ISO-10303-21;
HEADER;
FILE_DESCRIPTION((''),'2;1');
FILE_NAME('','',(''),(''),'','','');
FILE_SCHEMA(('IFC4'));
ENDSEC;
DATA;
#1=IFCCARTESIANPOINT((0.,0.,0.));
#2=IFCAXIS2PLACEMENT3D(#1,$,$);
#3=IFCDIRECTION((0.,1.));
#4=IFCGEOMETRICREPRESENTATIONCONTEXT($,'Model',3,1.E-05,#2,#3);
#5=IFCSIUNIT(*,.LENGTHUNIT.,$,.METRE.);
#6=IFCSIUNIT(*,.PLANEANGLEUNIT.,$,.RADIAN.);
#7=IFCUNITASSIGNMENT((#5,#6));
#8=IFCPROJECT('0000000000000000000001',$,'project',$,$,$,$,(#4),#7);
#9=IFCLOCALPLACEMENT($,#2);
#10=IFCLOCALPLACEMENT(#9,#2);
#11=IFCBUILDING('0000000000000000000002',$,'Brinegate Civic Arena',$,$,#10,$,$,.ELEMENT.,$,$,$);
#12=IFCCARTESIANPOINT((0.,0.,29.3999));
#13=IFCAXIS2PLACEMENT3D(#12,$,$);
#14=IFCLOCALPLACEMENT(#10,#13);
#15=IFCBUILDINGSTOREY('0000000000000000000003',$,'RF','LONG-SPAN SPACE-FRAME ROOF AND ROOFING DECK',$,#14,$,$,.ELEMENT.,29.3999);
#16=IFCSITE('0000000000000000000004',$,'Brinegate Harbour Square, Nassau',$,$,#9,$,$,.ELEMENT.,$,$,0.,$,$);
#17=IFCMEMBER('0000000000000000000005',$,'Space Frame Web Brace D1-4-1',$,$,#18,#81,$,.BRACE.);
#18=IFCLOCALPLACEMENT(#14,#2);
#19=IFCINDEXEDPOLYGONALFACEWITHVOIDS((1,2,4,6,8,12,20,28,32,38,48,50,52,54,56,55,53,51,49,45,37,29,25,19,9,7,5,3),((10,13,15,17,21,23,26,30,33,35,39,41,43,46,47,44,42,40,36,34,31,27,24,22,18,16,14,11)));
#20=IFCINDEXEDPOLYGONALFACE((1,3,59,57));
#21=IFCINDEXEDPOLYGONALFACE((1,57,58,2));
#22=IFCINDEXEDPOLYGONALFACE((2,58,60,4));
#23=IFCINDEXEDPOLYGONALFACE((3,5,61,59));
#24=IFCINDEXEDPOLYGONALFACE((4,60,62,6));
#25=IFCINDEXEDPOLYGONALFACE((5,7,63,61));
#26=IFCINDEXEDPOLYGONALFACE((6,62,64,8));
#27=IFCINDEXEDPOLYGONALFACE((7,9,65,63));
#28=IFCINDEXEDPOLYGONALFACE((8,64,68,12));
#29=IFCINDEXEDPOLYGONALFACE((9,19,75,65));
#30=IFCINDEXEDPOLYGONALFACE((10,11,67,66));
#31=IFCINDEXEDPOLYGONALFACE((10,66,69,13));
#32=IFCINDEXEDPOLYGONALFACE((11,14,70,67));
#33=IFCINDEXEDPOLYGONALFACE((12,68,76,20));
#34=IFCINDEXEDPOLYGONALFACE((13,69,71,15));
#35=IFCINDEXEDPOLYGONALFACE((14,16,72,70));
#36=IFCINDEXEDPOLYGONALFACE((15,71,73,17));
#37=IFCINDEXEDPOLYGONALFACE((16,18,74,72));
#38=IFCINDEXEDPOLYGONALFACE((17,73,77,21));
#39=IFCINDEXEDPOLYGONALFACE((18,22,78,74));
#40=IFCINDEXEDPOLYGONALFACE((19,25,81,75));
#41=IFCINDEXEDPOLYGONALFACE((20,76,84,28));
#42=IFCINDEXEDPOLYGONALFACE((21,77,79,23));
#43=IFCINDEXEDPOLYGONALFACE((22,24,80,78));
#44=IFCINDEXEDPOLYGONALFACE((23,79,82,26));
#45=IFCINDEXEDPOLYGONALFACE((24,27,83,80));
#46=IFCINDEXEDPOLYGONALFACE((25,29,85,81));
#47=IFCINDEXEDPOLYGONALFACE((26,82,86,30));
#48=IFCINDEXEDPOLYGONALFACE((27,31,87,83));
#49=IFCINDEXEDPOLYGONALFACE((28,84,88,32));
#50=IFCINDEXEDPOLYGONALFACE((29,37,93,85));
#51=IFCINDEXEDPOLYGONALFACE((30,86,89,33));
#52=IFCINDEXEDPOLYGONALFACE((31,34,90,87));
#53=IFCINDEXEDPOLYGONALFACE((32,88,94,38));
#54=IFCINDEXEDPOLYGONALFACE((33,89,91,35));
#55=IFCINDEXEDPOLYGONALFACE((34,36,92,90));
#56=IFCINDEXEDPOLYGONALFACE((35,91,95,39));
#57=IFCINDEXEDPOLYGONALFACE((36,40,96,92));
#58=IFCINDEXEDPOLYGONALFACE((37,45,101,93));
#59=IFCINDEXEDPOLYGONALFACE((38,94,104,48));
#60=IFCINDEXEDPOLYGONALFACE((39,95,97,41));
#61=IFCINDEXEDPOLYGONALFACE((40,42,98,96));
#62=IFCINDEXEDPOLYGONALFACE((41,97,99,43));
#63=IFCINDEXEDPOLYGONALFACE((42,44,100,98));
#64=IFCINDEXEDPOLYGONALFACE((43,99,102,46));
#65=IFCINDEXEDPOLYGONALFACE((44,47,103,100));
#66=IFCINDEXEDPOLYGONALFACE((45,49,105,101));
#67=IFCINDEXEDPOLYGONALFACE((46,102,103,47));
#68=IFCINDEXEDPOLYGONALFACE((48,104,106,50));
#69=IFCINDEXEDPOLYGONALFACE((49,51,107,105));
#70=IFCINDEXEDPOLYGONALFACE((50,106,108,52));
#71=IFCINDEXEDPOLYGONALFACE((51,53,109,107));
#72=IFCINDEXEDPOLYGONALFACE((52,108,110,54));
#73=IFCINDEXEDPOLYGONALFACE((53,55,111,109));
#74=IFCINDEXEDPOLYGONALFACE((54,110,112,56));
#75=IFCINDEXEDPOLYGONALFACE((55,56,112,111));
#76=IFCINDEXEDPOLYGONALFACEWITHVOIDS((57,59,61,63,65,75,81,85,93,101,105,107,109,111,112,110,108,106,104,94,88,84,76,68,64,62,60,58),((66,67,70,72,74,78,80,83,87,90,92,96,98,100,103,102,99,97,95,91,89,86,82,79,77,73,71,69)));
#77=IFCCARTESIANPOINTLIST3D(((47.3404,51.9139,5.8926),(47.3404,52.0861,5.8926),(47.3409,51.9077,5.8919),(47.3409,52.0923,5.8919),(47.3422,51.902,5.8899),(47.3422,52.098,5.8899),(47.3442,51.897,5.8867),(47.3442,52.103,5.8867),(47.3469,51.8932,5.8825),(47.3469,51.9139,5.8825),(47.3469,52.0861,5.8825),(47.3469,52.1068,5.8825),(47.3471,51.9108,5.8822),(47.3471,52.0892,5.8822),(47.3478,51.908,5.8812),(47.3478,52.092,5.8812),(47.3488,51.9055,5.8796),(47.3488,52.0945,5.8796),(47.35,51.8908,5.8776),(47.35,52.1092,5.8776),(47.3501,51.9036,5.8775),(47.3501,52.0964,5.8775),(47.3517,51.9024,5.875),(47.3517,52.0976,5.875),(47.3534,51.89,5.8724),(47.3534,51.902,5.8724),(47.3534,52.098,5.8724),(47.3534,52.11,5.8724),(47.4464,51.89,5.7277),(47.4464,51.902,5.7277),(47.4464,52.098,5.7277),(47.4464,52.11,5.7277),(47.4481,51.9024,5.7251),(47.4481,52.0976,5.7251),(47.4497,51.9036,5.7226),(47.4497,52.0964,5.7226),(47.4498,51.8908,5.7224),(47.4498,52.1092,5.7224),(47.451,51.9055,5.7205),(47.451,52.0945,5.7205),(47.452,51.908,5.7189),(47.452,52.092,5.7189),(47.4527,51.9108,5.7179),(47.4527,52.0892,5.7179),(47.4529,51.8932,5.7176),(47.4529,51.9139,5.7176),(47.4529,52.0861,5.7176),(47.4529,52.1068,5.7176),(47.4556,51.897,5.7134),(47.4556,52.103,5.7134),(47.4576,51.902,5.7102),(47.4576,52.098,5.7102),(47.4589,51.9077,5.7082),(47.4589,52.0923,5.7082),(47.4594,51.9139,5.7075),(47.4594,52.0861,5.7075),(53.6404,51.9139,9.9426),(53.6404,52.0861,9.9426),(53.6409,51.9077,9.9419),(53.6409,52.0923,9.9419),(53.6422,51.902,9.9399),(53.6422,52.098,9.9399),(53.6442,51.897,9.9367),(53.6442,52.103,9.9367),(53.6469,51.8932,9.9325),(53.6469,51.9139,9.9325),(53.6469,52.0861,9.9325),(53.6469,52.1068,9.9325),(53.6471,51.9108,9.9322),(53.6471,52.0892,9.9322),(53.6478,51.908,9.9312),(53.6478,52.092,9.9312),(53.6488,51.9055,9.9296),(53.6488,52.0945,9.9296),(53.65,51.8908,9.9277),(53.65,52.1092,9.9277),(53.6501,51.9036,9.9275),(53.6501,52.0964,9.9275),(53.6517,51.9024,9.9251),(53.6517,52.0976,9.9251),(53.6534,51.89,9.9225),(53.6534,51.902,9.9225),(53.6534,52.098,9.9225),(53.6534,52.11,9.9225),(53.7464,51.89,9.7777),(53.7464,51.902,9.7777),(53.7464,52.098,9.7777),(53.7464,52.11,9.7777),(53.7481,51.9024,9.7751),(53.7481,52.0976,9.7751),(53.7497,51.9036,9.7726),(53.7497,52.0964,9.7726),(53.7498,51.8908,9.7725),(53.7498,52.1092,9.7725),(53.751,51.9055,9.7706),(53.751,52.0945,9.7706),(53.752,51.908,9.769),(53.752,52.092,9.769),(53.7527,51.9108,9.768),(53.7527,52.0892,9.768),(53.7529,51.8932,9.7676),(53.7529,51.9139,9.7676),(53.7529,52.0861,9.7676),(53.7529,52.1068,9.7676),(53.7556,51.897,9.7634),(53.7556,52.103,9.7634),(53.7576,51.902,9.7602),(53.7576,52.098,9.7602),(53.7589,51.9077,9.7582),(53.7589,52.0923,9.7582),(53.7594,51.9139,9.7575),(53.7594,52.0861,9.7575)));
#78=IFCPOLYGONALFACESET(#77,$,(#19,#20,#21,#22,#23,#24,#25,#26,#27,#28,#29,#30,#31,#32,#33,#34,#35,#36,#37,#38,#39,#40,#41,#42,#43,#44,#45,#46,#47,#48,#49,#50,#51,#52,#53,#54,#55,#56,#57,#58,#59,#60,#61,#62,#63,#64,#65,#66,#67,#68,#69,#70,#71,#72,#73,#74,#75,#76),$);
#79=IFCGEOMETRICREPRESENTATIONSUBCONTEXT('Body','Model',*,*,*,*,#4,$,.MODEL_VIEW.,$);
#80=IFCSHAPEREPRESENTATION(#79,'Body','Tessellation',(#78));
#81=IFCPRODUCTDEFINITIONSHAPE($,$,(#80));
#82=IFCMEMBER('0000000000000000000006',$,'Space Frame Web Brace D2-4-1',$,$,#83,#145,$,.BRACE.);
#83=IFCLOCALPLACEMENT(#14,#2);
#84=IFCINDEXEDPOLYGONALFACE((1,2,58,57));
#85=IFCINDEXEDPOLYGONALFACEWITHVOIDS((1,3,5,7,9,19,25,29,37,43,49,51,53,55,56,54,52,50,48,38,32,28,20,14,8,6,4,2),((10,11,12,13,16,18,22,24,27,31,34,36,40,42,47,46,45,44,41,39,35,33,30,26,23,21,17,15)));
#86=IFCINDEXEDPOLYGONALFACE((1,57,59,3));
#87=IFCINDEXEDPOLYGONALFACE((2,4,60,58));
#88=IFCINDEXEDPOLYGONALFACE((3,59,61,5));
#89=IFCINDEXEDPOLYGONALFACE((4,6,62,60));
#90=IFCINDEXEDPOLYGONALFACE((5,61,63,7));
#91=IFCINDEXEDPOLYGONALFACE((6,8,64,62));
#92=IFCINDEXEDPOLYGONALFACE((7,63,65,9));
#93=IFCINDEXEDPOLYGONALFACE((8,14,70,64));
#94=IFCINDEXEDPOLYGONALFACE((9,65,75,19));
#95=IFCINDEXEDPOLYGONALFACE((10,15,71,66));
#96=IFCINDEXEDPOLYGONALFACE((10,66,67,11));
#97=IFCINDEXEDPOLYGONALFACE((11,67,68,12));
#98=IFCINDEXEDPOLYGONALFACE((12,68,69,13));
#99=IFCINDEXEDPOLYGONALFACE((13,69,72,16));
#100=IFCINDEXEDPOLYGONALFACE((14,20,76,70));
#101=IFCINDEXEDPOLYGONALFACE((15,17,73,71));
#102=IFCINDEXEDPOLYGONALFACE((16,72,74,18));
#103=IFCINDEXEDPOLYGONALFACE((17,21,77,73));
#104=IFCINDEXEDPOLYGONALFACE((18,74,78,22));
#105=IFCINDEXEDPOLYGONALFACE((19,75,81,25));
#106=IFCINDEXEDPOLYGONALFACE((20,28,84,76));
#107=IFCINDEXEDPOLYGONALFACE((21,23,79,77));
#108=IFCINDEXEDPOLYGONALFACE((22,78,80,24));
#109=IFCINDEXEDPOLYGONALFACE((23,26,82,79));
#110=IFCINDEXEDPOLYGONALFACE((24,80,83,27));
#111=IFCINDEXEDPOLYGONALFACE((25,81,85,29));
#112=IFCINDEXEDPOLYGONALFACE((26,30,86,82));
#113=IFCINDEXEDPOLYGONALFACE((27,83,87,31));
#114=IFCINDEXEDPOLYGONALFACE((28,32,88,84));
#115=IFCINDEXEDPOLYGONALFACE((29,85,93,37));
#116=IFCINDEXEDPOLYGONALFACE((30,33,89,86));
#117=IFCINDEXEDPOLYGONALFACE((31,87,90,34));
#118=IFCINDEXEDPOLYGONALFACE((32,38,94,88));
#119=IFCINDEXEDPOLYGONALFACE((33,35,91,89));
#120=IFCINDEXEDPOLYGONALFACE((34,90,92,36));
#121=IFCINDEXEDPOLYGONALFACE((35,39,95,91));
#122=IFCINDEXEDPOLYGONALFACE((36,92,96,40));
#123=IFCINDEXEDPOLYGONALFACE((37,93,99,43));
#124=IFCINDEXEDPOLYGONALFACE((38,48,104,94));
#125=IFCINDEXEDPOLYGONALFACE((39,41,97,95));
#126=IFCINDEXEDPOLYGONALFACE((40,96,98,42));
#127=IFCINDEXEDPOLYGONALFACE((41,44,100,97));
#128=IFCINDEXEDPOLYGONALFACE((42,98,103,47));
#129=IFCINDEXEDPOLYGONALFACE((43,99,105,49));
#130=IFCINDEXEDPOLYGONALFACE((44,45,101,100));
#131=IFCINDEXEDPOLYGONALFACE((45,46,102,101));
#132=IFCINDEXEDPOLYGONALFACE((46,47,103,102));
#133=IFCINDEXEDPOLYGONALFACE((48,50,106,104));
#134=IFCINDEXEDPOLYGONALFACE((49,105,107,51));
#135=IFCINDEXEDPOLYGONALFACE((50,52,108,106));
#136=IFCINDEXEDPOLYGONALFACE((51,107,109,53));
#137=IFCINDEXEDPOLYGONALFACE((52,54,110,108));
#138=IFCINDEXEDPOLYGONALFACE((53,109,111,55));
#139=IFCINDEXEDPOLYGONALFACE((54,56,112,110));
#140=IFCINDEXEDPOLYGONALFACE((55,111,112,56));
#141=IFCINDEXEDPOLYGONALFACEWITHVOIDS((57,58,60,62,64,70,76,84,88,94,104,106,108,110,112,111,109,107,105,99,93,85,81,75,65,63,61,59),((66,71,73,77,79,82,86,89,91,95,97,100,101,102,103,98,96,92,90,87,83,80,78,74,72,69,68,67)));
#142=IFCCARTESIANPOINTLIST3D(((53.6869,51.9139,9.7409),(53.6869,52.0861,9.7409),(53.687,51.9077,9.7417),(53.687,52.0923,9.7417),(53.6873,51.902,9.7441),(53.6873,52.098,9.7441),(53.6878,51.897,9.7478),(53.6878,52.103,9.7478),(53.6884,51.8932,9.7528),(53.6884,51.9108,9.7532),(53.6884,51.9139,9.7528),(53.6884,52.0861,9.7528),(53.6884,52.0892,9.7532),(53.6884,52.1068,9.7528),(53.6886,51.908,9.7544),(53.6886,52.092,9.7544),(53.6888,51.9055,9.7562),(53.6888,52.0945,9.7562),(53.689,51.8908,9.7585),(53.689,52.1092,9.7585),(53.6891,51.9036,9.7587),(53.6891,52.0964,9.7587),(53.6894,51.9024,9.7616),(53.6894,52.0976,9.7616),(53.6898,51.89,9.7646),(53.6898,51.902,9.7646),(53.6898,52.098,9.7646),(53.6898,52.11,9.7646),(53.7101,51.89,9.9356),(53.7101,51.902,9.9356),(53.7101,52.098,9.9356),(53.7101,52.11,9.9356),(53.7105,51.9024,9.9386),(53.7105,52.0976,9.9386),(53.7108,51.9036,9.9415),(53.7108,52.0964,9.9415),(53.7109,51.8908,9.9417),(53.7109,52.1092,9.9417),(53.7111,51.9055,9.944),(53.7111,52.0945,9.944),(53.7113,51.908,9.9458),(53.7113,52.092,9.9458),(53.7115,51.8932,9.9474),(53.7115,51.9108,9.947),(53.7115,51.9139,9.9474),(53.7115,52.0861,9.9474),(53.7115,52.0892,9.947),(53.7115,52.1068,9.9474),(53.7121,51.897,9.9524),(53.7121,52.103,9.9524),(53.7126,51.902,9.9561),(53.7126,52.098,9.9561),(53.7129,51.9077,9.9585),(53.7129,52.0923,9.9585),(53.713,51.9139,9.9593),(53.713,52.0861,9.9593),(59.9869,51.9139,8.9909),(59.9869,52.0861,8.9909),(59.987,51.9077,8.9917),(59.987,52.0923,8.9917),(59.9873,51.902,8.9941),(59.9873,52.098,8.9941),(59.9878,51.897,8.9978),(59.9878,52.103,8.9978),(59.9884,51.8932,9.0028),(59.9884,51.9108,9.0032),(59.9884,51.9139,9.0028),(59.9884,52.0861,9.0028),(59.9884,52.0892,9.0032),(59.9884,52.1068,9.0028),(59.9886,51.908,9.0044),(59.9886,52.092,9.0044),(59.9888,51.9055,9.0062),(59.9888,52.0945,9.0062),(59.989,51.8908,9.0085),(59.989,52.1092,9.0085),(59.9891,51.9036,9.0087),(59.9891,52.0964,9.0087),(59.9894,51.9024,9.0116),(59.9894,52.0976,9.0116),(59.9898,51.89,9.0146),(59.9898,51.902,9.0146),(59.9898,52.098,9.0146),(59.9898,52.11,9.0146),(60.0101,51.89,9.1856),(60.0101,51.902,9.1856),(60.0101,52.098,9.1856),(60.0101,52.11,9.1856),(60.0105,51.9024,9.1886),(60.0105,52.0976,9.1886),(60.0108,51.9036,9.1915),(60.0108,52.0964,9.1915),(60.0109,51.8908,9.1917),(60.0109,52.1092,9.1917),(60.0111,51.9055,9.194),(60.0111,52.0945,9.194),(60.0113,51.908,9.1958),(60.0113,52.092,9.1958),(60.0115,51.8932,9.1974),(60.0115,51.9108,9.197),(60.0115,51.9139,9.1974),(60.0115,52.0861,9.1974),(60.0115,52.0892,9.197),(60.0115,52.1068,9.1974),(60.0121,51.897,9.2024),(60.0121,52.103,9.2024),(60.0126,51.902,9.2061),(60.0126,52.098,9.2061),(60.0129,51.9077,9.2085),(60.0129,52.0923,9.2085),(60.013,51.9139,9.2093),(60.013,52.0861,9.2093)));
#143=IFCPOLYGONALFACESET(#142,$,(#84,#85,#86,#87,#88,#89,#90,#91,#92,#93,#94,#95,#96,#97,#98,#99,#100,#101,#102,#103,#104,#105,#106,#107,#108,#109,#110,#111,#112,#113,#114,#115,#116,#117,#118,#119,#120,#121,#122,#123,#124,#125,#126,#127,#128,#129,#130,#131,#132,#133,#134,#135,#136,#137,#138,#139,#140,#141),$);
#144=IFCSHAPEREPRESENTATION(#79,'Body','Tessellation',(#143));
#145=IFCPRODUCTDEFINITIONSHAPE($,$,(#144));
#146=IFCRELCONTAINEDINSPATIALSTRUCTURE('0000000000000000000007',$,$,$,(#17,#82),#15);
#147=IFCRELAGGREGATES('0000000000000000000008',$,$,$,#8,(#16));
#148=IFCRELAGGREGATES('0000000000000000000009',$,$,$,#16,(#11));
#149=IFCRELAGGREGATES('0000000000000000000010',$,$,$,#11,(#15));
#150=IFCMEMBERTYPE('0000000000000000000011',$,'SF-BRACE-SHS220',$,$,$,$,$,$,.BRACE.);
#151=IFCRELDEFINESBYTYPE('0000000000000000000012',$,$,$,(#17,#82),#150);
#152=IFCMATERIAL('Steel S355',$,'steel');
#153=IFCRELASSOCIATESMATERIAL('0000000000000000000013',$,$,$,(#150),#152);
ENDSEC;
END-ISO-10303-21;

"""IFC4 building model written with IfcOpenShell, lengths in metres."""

from ifc_helpers import new_model, si_unit, direction, frame, origin, origin_2d, place, context, subcontext, project, spatial, hollow_rectangle, extrude, material, material_profile, profile_set, type_object, element, save


model = new_model("IFC4")

# Units and contexts
model_context = context("Model", 3, precision=1e-05, world=origin(), true_north=direction((0.0, 1.0)))
body_context = subcontext(model_context, "Body", "Model", "MODEL_VIEW")
ifc_project = project(units=[si_unit("LENGTHUNIT", "METRE"), si_unit("PLANEANGLEUNIT", "RADIAN")], contexts=[model_context])

# Site, building, storey
site_placement = place(None, origin())
site = spatial("IfcSite", under=ifc_project, at=site_placement, Name="Brinegate Harbour Square, Nassau", CompositionType="ELEMENT", RefElevation=0.0)
building_placement = place(site_placement, origin())
building = spatial("IfcBuilding", under=site, at=building_placement, Name="Brinegate Civic Arena", CompositionType="ELEMENT")
storey_placement = place(building_placement, frame((0.0, 0.0, 29.3999)))
storey = spatial("IfcBuildingStorey", under=building, at=storey_placement, Name="RF", Description="LONG-SPAN SPACE-FRAME ROOF AND ROOFING DECK", CompositionType="ELEMENT", Elevation=29.3999)

# Shared definitions
ifc_material_1 = material(Name="Steel S355", Category="steel")

# Members
ifc_material_profile_1 = material_profile(ifc_material_1, hollow_rectangle(XDim=0.22, YDim=0.22, WallThickness=0.012, InnerFilletRadius=0.012, OuterFilletRadius=0.0239, at=origin_2d()), Name="SHS220X12")
ifc_profile_set_1 = profile_set([ifc_material_profile_1], Name="Steel S355")
member_type_1 = type_object("IfcMemberType", Name="SF-BRACE-SHS220", PredefinedType="BRACE", material=ifc_profile_set_1)
member_1_placement = place(storey_placement, frame((47.3999, 52.0, 5.8), z_axis=(0.841177, 0.0, 0.540759), x_axis=(0.0, 1.0, 0.0)))
element("IfcMember", 1, at=member_1_placement, inside=storey, type_object=member_type_1, Name="Space Frame Web Brace D1-4-1", PredefinedType="BRACE", context=body_context, shape_type="SweptSolid", body=[
    extrude(hollow_rectangle(XDim=0.22, YDim=0.22, WallThickness=0.012, InnerFilletRadius=0.012, OuterFilletRadius=0.0239, at=origin_2d()), origin(), (0.0, 0.0, 1.0), 7.4895),
])
member_2_placement = place(storey_placement, frame((53.7, 52.0, 9.8501), z_axis=(0.992988, 0.0, -0.118212), x_axis=(0.0, 1.0, 0.0)))
element("IfcMember", 2, at=member_2_placement, inside=storey, type_object=member_type_1, Name="Space Frame Web Brace D2-4-1", PredefinedType="BRACE", context=body_context, shape_type="SweptSolid", body=[
    extrude(hollow_rectangle(XDim=0.22, YDim=0.22, WallThickness=0.012, InnerFilletRadius=0.012, OuterFilletRadius=0.0239, at=origin_2d()), origin(), (0.0, 0.0, 1.0), 6.3445),
])

save(model, "model.ifc")
